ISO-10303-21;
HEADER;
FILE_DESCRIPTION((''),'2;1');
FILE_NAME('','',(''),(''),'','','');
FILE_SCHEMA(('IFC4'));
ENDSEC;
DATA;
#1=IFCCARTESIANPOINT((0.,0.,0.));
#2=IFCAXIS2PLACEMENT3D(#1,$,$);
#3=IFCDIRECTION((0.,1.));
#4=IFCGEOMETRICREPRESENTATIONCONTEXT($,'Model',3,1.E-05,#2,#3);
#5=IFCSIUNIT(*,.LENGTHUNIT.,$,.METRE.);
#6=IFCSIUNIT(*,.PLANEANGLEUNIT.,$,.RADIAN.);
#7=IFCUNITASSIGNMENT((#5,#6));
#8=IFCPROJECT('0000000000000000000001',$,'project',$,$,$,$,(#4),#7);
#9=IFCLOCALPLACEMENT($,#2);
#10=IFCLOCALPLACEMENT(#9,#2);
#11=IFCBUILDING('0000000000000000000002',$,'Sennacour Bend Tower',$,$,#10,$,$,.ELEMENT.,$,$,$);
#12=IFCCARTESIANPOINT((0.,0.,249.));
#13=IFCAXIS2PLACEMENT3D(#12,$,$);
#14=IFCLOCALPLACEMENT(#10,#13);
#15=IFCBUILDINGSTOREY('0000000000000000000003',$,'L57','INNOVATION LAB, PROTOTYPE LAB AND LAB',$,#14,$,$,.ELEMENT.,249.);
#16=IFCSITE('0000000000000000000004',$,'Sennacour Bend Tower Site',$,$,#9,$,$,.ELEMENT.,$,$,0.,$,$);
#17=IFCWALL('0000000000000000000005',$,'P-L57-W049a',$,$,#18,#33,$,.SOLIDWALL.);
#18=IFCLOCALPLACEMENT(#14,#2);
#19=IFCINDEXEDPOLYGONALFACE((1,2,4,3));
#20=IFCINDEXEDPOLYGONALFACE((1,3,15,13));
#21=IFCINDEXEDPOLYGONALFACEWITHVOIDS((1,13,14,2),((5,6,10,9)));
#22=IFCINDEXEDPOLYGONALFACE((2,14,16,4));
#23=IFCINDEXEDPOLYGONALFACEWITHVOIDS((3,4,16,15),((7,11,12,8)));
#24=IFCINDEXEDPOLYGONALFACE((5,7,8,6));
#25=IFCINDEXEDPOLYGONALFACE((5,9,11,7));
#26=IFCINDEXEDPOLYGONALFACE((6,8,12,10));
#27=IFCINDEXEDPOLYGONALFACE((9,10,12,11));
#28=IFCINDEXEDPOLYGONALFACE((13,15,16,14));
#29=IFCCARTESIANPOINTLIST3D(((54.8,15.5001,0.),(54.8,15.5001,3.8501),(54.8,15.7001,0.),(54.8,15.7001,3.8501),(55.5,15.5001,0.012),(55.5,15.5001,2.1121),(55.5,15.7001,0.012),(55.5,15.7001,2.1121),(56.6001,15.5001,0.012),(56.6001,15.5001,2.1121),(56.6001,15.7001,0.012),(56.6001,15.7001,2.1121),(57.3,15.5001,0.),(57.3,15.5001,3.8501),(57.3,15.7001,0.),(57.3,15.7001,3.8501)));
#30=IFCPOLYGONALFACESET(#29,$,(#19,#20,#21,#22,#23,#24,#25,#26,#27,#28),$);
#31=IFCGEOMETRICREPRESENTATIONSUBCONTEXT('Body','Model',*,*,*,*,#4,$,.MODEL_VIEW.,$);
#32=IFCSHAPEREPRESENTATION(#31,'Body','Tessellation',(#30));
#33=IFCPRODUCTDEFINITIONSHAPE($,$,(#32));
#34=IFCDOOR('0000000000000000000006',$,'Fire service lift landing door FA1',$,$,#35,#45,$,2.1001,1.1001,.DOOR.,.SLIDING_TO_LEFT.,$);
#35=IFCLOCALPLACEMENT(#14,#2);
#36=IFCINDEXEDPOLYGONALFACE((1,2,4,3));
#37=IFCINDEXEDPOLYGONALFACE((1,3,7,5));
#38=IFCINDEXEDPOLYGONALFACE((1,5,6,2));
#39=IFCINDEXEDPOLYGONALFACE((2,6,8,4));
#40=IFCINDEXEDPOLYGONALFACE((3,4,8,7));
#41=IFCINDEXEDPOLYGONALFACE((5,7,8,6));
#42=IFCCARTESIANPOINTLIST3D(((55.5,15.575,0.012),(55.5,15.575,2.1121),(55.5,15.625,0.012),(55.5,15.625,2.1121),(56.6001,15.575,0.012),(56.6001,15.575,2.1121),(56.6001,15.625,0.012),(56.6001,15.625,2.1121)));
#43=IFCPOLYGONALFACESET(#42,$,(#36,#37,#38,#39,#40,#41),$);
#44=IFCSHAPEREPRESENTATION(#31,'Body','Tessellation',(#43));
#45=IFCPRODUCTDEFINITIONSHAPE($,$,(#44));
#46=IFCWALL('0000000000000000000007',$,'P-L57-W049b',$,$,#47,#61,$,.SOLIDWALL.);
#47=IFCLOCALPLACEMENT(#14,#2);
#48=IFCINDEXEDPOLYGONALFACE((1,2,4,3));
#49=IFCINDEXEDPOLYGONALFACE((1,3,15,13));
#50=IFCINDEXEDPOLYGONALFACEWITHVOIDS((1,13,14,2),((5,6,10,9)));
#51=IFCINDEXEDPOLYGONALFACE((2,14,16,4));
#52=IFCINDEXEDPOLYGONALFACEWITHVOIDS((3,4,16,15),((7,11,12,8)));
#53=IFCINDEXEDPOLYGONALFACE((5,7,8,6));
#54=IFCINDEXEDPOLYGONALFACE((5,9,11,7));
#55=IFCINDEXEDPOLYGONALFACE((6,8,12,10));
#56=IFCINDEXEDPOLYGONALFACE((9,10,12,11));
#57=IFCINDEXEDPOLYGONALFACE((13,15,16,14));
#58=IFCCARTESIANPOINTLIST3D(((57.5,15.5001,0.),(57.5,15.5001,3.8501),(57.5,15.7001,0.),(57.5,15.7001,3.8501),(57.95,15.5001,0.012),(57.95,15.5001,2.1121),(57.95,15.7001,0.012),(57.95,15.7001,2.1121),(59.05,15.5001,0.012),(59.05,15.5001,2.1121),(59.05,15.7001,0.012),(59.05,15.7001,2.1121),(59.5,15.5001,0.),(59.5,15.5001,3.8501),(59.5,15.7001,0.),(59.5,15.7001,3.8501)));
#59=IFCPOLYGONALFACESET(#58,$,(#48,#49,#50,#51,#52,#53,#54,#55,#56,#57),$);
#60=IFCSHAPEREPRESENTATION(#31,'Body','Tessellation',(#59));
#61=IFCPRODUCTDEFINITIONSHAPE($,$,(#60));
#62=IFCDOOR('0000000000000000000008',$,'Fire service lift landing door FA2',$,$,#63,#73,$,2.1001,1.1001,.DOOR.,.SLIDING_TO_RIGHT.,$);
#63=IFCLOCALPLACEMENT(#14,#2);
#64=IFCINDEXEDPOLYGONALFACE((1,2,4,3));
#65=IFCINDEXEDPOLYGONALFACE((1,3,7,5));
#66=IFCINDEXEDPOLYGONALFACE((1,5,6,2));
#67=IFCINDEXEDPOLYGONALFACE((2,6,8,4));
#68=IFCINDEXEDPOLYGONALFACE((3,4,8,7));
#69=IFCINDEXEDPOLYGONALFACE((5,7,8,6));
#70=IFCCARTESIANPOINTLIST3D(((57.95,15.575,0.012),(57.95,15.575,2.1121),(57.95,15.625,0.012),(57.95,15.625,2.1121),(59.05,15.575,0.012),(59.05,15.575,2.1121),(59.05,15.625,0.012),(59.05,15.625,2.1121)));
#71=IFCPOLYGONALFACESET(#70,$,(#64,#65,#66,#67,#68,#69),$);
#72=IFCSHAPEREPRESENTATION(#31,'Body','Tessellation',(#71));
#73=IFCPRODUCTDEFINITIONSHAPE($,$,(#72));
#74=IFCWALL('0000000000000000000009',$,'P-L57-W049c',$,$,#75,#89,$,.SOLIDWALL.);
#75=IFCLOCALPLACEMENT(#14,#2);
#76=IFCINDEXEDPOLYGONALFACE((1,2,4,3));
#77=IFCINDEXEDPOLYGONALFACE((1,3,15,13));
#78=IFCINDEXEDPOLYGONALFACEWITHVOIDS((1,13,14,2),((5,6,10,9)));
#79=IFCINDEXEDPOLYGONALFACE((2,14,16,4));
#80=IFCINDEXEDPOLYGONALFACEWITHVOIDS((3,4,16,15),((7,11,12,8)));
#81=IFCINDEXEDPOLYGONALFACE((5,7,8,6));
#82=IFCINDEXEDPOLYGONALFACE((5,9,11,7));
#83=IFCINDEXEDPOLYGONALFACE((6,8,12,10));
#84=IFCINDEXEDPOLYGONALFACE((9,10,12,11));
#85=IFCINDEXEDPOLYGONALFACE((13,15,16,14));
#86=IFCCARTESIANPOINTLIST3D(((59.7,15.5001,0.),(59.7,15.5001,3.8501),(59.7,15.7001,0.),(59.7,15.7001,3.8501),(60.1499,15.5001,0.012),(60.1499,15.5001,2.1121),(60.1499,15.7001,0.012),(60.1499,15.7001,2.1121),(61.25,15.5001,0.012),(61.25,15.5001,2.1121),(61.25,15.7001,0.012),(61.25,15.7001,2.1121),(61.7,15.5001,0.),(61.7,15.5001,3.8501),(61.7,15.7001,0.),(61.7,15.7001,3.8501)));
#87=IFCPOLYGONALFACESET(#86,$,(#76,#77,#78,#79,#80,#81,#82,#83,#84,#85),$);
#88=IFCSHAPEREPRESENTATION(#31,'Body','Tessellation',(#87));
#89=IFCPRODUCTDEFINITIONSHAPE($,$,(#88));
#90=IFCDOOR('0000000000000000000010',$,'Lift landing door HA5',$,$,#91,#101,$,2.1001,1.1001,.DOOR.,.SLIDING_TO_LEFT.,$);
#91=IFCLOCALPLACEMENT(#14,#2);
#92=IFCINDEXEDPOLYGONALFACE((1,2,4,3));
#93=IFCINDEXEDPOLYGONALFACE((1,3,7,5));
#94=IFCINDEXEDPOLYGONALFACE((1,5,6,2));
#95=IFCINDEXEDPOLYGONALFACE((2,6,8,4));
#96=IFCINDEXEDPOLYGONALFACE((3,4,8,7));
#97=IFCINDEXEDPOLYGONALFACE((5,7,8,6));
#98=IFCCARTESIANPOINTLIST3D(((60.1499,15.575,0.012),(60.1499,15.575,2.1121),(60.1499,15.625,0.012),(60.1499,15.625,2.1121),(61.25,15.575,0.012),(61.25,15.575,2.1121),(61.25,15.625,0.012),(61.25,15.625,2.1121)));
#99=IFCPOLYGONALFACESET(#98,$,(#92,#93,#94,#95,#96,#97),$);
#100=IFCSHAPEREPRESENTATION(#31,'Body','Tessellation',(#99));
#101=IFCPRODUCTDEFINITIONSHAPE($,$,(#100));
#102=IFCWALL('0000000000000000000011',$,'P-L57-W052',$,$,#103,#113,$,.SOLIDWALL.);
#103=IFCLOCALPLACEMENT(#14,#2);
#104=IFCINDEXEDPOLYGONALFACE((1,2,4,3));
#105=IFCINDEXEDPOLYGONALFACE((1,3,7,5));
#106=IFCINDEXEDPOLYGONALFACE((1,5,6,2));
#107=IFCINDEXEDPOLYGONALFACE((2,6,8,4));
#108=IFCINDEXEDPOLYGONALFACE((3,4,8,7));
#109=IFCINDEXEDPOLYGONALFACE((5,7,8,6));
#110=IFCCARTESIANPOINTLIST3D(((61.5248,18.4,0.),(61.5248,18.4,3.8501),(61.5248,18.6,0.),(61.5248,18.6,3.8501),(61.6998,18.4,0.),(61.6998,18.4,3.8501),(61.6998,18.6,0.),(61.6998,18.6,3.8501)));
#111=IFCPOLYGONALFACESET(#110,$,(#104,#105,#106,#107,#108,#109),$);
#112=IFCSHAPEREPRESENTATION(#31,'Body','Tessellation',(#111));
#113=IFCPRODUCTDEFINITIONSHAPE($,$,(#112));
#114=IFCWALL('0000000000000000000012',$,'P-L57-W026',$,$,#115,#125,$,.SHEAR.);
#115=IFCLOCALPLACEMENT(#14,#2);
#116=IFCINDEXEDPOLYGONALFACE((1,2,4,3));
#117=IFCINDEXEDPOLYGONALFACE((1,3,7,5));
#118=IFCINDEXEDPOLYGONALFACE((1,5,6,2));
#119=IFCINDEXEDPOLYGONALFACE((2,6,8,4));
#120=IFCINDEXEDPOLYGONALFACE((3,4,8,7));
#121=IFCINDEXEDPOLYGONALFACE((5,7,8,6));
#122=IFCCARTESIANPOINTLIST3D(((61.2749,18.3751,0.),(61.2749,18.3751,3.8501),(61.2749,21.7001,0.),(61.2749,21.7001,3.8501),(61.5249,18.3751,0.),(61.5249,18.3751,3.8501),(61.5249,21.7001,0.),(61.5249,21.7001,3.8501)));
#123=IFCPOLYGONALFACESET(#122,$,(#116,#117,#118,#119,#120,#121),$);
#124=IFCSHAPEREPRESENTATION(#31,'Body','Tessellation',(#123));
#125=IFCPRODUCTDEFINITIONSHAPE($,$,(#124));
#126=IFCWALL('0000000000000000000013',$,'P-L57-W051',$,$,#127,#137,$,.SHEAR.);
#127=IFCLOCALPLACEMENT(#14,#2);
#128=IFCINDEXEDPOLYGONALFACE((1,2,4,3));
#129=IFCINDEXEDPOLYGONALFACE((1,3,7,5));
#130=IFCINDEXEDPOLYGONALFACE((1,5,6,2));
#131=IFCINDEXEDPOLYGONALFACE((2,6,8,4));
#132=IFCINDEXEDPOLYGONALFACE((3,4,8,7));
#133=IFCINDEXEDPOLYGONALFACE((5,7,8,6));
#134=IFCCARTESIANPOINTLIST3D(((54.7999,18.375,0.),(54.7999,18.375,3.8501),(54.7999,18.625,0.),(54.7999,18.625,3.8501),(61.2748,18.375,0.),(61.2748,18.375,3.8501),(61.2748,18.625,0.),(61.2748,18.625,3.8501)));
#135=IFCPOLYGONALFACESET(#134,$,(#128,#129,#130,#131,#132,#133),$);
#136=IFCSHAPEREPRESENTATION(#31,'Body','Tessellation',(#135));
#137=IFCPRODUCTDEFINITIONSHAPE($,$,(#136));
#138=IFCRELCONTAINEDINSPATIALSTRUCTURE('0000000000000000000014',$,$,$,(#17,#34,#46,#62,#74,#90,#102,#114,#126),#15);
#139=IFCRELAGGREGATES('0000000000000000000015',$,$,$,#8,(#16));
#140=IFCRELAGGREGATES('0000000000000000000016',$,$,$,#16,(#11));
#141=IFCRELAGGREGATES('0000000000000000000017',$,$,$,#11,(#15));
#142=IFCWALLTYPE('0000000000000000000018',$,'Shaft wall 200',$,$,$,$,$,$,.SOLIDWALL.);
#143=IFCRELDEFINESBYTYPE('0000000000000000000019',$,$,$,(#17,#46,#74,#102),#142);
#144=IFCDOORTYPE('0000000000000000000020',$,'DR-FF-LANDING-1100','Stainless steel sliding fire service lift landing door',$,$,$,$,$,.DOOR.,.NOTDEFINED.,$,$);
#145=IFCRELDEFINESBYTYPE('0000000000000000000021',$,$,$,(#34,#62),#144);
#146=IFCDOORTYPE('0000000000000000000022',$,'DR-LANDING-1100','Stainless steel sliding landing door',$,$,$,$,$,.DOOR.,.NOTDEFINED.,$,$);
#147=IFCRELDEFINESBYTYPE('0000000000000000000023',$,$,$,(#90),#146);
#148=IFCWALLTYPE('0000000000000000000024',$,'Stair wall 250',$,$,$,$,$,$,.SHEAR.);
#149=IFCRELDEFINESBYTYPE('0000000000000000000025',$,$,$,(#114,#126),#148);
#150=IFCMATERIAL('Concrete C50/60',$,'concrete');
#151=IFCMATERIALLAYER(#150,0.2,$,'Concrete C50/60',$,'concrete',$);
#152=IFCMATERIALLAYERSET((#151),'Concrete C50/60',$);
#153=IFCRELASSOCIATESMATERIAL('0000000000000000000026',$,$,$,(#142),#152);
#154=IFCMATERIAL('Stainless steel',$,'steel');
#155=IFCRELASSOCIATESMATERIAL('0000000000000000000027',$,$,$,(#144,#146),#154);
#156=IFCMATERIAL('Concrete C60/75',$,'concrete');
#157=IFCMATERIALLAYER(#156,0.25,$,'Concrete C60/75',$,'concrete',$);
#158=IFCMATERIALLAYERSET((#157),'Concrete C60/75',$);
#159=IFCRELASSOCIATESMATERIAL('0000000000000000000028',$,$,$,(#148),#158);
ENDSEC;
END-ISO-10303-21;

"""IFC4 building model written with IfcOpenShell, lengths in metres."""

from ifc_helpers import new_model, si_unit, direction, frame, frame_2d, origin, place, context, subcontext, project, spatial, rectangle, extrude, material, layer, layer_set, type_object, element, fill, save


model = new_model("IFC4")

# Units and contexts
model_context = context("Model", 3, precision=1e-05, world=origin(), true_north=direction((0.0, 1.0)))
body_context = subcontext(model_context, "Body", "Model", "MODEL_VIEW")
ifc_project = project(units=[si_unit("LENGTHUNIT", "METRE"), si_unit("PLANEANGLEUNIT", "RADIAN")], contexts=[model_context])

# Site, building, storey
site_placement = place(None, origin())
site = spatial("IfcSite", under=ifc_project, at=site_placement, Name="Sennacour Bend Tower Site", CompositionType="ELEMENT", RefElevation=0.0)
building_placement = place(site_placement, origin())
building = spatial("IfcBuilding", under=site, at=building_placement, Name="Sennacour Bend Tower", CompositionType="ELEMENT")
storey_placement = place(building_placement, frame((0.0, 0.0, 249.0)))
storey = spatial("IfcBuildingStorey", under=building, at=storey_placement, Name="L57", Description="INNOVATION LAB, PROTOTYPE LAB AND LAB", CompositionType="ELEMENT", Elevation=249.0)

# Shared definitions
ifc_material_1 = material(Name="Concrete C50/60", Category="concrete")
ifc_layer_1 = layer(ifc_material_1, 0.2, Name="Concrete C50/60", Category="concrete")
ifc_layer_set_1 = layer_set([ifc_layer_1], Name="Concrete C50/60")
wall_type_1 = type_object("IfcWallType", Name="Shaft wall 200", PredefinedType="SOLIDWALL", material=ifc_layer_set_1)

# Walls, openings, doors
wall_1_placement = place(storey_placement, frame((54.8, 15.6001, 0.0), z_axis=(0.0, 0.0, 1.0), x_axis=(1.0, 0.0, 0.0)))
wall_1 = element("IfcWall", 1, at=wall_1_placement, inside=storey, type_object=wall_type_1, Name="P-L57-W049a", PredefinedType="SOLIDWALL", context=body_context, shape_type="SweptSolid", body=[
    extrude(rectangle(XDim=2.5, YDim=0.2, at=frame_2d((1.25, 0.0))), origin(), (0.0, 0.0, 1.0), 3.8501),
])
opening_1_placement = place(wall_1_placement, frame((0.7, 0.0, 0.012)))
opening_1 = element("IfcOpeningElement", 2, at=opening_1_placement, cuts=wall_1, PredefinedType="OPENING", context=body_context, shape_type="SweptSolid", body=[
    extrude(rectangle(XDim=1.1001, YDim=2.1001, at=frame_2d((0.55, 1.05))), frame((0.0, 0.1099, 0.0), z_axis=(0.0, -1.0, 0.0), x_axis=(1.0, 0.0, 0.0)), (0.0, 0.0, 1.0), 0.22),
])
ifc_material_2 = material(Name="Stainless steel", Category="steel")
door_type_1 = type_object("IfcDoorType", Name="DR-FF-LANDING-1100", Description="Stainless steel sliding fire service lift landing door", OperationType="NOTDEFINED", PredefinedType="DOOR", material=ifc_material_2)
door_1_placement = place(opening_1_placement, origin())
door_1 = element("IfcDoor", 3, at=door_1_placement, inside=storey, type_object=door_type_1, Name="Fire service lift landing door FA1", OperationType="SLIDING_TO_LEFT", OverallHeight=2.1001, OverallWidth=1.1001, PredefinedType="DOOR", context=body_context, shape_type="SweptSolid", body=[
    extrude(rectangle(XDim=1.1001, YDim=2.1001, at=frame_2d((0.55, 1.05))), frame((0.0, 0.0249, 0.0), z_axis=(0.0, -1.0, 0.0), x_axis=(1.0, 0.0, 0.0)), (0.0, 0.0, 1.0), 0.05),
])
fill(opening_1, door_1)
wall_2_placement = place(storey_placement, frame((57.5, 15.6001, 0.0), z_axis=(0.0, 0.0, 1.0), x_axis=(1.0, 0.0, 0.0)))
wall_2 = element("IfcWall", 4, at=wall_2_placement, inside=storey, type_object=wall_type_1, Name="P-L57-W049b", PredefinedType="SOLIDWALL", context=body_context, shape_type="SweptSolid", body=[
    extrude(rectangle(XDim=2.0, YDim=0.2, at=frame_2d((1.0, 0.0))), origin(), (0.0, 0.0, 1.0), 3.8501),
])
opening_2_placement = place(wall_2_placement, frame((0.45, 0.0, 0.012)))
opening_2 = element("IfcOpeningElement", 5, at=opening_2_placement, cuts=wall_2, PredefinedType="OPENING", context=body_context, shape_type="SweptSolid", body=[
    extrude(rectangle(XDim=1.1001, YDim=2.1001, at=frame_2d((0.55, 1.05))), frame((0.0, 0.1099, 0.0), z_axis=(0.0, -1.0, 0.0), x_axis=(1.0, 0.0, 0.0)), (0.0, 0.0, 1.0), 0.22),
])
door_2_placement = place(opening_2_placement, origin())
door_2 = element("IfcDoor", 6, at=door_2_placement, inside=storey, type_object=door_type_1, Name="Fire service lift landing door FA2", OperationType="SLIDING_TO_RIGHT", OverallHeight=2.1001, OverallWidth=1.1001, PredefinedType="DOOR", context=body_context, shape_type="SweptSolid", body=[
    extrude(rectangle(XDim=1.1001, YDim=2.1001, at=frame_2d((0.55, 1.05))), frame((0.0, 0.0249, 0.0), z_axis=(0.0, -1.0, 0.0), x_axis=(1.0, 0.0, 0.0)), (0.0, 0.0, 1.0), 0.05),
])
fill(opening_2, door_2)
wall_3_placement = place(storey_placement, frame((59.7, 15.6001, 0.0), z_axis=(0.0, 0.0, 1.0), x_axis=(1.0, 0.0, 0.0)))
wall_3 = element("IfcWall", 7, at=wall_3_placement, inside=storey, type_object=wall_type_1, Name="P-L57-W049c", PredefinedType="SOLIDWALL", context=body_context, shape_type="SweptSolid", body=[
    extrude(rectangle(XDim=2.0, YDim=0.2, at=frame_2d((1.0, 0.0))), origin(), (0.0, 0.0, 1.0), 3.8501),
])
opening_3_placement = place(wall_3_placement, frame((0.45, 0.0, 0.012)))
opening_3 = element("IfcOpeningElement", 8, at=opening_3_placement, cuts=wall_3, PredefinedType="OPENING", context=body_context, shape_type="SweptSolid", body=[
    extrude(rectangle(XDim=1.1001, YDim=2.1001, at=frame_2d((0.55, 1.05))), frame((0.0, 0.1099, 0.0), z_axis=(0.0, -1.0, 0.0), x_axis=(1.0, 0.0, 0.0)), (0.0, 0.0, 1.0), 0.22),
])
door_type_2 = type_object("IfcDoorType", Name="DR-LANDING-1100", Description="Stainless steel sliding landing door", OperationType="NOTDEFINED", PredefinedType="DOOR", material=ifc_material_2)
door_3_placement = place(opening_3_placement, origin())
door_3 = element("IfcDoor", 9, at=door_3_placement, inside=storey, type_object=door_type_2, Name="Lift landing door HA5", OperationType="SLIDING_TO_LEFT", OverallHeight=2.1001, OverallWidth=1.1001, PredefinedType="DOOR", context=body_context, shape_type="SweptSolid", body=[
    extrude(rectangle(XDim=1.1001, YDim=2.1001, at=frame_2d((0.55, 1.05))), frame((0.0, 0.0249, 0.0), z_axis=(0.0, -1.0, 0.0), x_axis=(1.0, 0.0, 0.0)), (0.0, 0.0, 1.0), 0.05),
])
fill(opening_3, door_3)

# Walls
wall_4_placement = place(storey_placement, frame((61.5249, 18.5, 0.0), z_axis=(0.0, 0.0, 1.0), x_axis=(1.0, 0.0, 0.0)))
element("IfcWall", 10, at=wall_4_placement, inside=storey, type_object=wall_type_1, Name="P-L57-W052", PredefinedType="SOLIDWALL", context=body_context, shape_type="SweptSolid", body=[
    extrude(rectangle(XDim=0.175, YDim=0.2, at=frame_2d((0.0874, 0.0))), origin(), (0.0, 0.0, 1.0), 3.8501),
])
ifc_material_3 = material(Name="Concrete C60/75", Category="concrete")
ifc_layer_2 = layer(ifc_material_3, 0.25, Name="Concrete C60/75", Category="concrete")
ifc_layer_set_2 = layer_set([ifc_layer_2], Name="Concrete C60/75")
wall_type_2 = type_object("IfcWallType", Name="Stair wall 250", PredefinedType="SHEAR", material=ifc_layer_set_2)
wall_5_placement = place(storey_placement, frame((61.3999, 18.375, 0.0), z_axis=(0.0, 0.0, 1.0), x_axis=(0.0, 1.0, 0.0)))
element("IfcWall", 11, at=wall_5_placement, inside=storey, type_object=wall_type_2, Name="P-L57-W026", PredefinedType="SHEAR", context=body_context, shape_type="SweptSolid", body=[
    extrude(rectangle(XDim=3.325, YDim=0.25, at=frame_2d((1.6626, 0.0))), origin(), (0.0, 0.0, 1.0), 3.8501),
])
wall_6_placement = place(storey_placement, frame((54.8, 18.5, 0.0), z_axis=(0.0, 0.0, 1.0), x_axis=(1.0, 0.0, 0.0)))
element("IfcWall", 12, at=wall_6_placement, inside=storey, type_object=wall_type_2, Name="P-L57-W051", PredefinedType="SHEAR", context=body_context, shape_type="SweptSolid", body=[
    extrude(rectangle(XDim=6.4749, YDim=0.25, at=frame_2d((3.2373, 0.0))), origin(), (0.0, 0.0, 1.0), 3.8501),
])

save(model, "model.ifc")
